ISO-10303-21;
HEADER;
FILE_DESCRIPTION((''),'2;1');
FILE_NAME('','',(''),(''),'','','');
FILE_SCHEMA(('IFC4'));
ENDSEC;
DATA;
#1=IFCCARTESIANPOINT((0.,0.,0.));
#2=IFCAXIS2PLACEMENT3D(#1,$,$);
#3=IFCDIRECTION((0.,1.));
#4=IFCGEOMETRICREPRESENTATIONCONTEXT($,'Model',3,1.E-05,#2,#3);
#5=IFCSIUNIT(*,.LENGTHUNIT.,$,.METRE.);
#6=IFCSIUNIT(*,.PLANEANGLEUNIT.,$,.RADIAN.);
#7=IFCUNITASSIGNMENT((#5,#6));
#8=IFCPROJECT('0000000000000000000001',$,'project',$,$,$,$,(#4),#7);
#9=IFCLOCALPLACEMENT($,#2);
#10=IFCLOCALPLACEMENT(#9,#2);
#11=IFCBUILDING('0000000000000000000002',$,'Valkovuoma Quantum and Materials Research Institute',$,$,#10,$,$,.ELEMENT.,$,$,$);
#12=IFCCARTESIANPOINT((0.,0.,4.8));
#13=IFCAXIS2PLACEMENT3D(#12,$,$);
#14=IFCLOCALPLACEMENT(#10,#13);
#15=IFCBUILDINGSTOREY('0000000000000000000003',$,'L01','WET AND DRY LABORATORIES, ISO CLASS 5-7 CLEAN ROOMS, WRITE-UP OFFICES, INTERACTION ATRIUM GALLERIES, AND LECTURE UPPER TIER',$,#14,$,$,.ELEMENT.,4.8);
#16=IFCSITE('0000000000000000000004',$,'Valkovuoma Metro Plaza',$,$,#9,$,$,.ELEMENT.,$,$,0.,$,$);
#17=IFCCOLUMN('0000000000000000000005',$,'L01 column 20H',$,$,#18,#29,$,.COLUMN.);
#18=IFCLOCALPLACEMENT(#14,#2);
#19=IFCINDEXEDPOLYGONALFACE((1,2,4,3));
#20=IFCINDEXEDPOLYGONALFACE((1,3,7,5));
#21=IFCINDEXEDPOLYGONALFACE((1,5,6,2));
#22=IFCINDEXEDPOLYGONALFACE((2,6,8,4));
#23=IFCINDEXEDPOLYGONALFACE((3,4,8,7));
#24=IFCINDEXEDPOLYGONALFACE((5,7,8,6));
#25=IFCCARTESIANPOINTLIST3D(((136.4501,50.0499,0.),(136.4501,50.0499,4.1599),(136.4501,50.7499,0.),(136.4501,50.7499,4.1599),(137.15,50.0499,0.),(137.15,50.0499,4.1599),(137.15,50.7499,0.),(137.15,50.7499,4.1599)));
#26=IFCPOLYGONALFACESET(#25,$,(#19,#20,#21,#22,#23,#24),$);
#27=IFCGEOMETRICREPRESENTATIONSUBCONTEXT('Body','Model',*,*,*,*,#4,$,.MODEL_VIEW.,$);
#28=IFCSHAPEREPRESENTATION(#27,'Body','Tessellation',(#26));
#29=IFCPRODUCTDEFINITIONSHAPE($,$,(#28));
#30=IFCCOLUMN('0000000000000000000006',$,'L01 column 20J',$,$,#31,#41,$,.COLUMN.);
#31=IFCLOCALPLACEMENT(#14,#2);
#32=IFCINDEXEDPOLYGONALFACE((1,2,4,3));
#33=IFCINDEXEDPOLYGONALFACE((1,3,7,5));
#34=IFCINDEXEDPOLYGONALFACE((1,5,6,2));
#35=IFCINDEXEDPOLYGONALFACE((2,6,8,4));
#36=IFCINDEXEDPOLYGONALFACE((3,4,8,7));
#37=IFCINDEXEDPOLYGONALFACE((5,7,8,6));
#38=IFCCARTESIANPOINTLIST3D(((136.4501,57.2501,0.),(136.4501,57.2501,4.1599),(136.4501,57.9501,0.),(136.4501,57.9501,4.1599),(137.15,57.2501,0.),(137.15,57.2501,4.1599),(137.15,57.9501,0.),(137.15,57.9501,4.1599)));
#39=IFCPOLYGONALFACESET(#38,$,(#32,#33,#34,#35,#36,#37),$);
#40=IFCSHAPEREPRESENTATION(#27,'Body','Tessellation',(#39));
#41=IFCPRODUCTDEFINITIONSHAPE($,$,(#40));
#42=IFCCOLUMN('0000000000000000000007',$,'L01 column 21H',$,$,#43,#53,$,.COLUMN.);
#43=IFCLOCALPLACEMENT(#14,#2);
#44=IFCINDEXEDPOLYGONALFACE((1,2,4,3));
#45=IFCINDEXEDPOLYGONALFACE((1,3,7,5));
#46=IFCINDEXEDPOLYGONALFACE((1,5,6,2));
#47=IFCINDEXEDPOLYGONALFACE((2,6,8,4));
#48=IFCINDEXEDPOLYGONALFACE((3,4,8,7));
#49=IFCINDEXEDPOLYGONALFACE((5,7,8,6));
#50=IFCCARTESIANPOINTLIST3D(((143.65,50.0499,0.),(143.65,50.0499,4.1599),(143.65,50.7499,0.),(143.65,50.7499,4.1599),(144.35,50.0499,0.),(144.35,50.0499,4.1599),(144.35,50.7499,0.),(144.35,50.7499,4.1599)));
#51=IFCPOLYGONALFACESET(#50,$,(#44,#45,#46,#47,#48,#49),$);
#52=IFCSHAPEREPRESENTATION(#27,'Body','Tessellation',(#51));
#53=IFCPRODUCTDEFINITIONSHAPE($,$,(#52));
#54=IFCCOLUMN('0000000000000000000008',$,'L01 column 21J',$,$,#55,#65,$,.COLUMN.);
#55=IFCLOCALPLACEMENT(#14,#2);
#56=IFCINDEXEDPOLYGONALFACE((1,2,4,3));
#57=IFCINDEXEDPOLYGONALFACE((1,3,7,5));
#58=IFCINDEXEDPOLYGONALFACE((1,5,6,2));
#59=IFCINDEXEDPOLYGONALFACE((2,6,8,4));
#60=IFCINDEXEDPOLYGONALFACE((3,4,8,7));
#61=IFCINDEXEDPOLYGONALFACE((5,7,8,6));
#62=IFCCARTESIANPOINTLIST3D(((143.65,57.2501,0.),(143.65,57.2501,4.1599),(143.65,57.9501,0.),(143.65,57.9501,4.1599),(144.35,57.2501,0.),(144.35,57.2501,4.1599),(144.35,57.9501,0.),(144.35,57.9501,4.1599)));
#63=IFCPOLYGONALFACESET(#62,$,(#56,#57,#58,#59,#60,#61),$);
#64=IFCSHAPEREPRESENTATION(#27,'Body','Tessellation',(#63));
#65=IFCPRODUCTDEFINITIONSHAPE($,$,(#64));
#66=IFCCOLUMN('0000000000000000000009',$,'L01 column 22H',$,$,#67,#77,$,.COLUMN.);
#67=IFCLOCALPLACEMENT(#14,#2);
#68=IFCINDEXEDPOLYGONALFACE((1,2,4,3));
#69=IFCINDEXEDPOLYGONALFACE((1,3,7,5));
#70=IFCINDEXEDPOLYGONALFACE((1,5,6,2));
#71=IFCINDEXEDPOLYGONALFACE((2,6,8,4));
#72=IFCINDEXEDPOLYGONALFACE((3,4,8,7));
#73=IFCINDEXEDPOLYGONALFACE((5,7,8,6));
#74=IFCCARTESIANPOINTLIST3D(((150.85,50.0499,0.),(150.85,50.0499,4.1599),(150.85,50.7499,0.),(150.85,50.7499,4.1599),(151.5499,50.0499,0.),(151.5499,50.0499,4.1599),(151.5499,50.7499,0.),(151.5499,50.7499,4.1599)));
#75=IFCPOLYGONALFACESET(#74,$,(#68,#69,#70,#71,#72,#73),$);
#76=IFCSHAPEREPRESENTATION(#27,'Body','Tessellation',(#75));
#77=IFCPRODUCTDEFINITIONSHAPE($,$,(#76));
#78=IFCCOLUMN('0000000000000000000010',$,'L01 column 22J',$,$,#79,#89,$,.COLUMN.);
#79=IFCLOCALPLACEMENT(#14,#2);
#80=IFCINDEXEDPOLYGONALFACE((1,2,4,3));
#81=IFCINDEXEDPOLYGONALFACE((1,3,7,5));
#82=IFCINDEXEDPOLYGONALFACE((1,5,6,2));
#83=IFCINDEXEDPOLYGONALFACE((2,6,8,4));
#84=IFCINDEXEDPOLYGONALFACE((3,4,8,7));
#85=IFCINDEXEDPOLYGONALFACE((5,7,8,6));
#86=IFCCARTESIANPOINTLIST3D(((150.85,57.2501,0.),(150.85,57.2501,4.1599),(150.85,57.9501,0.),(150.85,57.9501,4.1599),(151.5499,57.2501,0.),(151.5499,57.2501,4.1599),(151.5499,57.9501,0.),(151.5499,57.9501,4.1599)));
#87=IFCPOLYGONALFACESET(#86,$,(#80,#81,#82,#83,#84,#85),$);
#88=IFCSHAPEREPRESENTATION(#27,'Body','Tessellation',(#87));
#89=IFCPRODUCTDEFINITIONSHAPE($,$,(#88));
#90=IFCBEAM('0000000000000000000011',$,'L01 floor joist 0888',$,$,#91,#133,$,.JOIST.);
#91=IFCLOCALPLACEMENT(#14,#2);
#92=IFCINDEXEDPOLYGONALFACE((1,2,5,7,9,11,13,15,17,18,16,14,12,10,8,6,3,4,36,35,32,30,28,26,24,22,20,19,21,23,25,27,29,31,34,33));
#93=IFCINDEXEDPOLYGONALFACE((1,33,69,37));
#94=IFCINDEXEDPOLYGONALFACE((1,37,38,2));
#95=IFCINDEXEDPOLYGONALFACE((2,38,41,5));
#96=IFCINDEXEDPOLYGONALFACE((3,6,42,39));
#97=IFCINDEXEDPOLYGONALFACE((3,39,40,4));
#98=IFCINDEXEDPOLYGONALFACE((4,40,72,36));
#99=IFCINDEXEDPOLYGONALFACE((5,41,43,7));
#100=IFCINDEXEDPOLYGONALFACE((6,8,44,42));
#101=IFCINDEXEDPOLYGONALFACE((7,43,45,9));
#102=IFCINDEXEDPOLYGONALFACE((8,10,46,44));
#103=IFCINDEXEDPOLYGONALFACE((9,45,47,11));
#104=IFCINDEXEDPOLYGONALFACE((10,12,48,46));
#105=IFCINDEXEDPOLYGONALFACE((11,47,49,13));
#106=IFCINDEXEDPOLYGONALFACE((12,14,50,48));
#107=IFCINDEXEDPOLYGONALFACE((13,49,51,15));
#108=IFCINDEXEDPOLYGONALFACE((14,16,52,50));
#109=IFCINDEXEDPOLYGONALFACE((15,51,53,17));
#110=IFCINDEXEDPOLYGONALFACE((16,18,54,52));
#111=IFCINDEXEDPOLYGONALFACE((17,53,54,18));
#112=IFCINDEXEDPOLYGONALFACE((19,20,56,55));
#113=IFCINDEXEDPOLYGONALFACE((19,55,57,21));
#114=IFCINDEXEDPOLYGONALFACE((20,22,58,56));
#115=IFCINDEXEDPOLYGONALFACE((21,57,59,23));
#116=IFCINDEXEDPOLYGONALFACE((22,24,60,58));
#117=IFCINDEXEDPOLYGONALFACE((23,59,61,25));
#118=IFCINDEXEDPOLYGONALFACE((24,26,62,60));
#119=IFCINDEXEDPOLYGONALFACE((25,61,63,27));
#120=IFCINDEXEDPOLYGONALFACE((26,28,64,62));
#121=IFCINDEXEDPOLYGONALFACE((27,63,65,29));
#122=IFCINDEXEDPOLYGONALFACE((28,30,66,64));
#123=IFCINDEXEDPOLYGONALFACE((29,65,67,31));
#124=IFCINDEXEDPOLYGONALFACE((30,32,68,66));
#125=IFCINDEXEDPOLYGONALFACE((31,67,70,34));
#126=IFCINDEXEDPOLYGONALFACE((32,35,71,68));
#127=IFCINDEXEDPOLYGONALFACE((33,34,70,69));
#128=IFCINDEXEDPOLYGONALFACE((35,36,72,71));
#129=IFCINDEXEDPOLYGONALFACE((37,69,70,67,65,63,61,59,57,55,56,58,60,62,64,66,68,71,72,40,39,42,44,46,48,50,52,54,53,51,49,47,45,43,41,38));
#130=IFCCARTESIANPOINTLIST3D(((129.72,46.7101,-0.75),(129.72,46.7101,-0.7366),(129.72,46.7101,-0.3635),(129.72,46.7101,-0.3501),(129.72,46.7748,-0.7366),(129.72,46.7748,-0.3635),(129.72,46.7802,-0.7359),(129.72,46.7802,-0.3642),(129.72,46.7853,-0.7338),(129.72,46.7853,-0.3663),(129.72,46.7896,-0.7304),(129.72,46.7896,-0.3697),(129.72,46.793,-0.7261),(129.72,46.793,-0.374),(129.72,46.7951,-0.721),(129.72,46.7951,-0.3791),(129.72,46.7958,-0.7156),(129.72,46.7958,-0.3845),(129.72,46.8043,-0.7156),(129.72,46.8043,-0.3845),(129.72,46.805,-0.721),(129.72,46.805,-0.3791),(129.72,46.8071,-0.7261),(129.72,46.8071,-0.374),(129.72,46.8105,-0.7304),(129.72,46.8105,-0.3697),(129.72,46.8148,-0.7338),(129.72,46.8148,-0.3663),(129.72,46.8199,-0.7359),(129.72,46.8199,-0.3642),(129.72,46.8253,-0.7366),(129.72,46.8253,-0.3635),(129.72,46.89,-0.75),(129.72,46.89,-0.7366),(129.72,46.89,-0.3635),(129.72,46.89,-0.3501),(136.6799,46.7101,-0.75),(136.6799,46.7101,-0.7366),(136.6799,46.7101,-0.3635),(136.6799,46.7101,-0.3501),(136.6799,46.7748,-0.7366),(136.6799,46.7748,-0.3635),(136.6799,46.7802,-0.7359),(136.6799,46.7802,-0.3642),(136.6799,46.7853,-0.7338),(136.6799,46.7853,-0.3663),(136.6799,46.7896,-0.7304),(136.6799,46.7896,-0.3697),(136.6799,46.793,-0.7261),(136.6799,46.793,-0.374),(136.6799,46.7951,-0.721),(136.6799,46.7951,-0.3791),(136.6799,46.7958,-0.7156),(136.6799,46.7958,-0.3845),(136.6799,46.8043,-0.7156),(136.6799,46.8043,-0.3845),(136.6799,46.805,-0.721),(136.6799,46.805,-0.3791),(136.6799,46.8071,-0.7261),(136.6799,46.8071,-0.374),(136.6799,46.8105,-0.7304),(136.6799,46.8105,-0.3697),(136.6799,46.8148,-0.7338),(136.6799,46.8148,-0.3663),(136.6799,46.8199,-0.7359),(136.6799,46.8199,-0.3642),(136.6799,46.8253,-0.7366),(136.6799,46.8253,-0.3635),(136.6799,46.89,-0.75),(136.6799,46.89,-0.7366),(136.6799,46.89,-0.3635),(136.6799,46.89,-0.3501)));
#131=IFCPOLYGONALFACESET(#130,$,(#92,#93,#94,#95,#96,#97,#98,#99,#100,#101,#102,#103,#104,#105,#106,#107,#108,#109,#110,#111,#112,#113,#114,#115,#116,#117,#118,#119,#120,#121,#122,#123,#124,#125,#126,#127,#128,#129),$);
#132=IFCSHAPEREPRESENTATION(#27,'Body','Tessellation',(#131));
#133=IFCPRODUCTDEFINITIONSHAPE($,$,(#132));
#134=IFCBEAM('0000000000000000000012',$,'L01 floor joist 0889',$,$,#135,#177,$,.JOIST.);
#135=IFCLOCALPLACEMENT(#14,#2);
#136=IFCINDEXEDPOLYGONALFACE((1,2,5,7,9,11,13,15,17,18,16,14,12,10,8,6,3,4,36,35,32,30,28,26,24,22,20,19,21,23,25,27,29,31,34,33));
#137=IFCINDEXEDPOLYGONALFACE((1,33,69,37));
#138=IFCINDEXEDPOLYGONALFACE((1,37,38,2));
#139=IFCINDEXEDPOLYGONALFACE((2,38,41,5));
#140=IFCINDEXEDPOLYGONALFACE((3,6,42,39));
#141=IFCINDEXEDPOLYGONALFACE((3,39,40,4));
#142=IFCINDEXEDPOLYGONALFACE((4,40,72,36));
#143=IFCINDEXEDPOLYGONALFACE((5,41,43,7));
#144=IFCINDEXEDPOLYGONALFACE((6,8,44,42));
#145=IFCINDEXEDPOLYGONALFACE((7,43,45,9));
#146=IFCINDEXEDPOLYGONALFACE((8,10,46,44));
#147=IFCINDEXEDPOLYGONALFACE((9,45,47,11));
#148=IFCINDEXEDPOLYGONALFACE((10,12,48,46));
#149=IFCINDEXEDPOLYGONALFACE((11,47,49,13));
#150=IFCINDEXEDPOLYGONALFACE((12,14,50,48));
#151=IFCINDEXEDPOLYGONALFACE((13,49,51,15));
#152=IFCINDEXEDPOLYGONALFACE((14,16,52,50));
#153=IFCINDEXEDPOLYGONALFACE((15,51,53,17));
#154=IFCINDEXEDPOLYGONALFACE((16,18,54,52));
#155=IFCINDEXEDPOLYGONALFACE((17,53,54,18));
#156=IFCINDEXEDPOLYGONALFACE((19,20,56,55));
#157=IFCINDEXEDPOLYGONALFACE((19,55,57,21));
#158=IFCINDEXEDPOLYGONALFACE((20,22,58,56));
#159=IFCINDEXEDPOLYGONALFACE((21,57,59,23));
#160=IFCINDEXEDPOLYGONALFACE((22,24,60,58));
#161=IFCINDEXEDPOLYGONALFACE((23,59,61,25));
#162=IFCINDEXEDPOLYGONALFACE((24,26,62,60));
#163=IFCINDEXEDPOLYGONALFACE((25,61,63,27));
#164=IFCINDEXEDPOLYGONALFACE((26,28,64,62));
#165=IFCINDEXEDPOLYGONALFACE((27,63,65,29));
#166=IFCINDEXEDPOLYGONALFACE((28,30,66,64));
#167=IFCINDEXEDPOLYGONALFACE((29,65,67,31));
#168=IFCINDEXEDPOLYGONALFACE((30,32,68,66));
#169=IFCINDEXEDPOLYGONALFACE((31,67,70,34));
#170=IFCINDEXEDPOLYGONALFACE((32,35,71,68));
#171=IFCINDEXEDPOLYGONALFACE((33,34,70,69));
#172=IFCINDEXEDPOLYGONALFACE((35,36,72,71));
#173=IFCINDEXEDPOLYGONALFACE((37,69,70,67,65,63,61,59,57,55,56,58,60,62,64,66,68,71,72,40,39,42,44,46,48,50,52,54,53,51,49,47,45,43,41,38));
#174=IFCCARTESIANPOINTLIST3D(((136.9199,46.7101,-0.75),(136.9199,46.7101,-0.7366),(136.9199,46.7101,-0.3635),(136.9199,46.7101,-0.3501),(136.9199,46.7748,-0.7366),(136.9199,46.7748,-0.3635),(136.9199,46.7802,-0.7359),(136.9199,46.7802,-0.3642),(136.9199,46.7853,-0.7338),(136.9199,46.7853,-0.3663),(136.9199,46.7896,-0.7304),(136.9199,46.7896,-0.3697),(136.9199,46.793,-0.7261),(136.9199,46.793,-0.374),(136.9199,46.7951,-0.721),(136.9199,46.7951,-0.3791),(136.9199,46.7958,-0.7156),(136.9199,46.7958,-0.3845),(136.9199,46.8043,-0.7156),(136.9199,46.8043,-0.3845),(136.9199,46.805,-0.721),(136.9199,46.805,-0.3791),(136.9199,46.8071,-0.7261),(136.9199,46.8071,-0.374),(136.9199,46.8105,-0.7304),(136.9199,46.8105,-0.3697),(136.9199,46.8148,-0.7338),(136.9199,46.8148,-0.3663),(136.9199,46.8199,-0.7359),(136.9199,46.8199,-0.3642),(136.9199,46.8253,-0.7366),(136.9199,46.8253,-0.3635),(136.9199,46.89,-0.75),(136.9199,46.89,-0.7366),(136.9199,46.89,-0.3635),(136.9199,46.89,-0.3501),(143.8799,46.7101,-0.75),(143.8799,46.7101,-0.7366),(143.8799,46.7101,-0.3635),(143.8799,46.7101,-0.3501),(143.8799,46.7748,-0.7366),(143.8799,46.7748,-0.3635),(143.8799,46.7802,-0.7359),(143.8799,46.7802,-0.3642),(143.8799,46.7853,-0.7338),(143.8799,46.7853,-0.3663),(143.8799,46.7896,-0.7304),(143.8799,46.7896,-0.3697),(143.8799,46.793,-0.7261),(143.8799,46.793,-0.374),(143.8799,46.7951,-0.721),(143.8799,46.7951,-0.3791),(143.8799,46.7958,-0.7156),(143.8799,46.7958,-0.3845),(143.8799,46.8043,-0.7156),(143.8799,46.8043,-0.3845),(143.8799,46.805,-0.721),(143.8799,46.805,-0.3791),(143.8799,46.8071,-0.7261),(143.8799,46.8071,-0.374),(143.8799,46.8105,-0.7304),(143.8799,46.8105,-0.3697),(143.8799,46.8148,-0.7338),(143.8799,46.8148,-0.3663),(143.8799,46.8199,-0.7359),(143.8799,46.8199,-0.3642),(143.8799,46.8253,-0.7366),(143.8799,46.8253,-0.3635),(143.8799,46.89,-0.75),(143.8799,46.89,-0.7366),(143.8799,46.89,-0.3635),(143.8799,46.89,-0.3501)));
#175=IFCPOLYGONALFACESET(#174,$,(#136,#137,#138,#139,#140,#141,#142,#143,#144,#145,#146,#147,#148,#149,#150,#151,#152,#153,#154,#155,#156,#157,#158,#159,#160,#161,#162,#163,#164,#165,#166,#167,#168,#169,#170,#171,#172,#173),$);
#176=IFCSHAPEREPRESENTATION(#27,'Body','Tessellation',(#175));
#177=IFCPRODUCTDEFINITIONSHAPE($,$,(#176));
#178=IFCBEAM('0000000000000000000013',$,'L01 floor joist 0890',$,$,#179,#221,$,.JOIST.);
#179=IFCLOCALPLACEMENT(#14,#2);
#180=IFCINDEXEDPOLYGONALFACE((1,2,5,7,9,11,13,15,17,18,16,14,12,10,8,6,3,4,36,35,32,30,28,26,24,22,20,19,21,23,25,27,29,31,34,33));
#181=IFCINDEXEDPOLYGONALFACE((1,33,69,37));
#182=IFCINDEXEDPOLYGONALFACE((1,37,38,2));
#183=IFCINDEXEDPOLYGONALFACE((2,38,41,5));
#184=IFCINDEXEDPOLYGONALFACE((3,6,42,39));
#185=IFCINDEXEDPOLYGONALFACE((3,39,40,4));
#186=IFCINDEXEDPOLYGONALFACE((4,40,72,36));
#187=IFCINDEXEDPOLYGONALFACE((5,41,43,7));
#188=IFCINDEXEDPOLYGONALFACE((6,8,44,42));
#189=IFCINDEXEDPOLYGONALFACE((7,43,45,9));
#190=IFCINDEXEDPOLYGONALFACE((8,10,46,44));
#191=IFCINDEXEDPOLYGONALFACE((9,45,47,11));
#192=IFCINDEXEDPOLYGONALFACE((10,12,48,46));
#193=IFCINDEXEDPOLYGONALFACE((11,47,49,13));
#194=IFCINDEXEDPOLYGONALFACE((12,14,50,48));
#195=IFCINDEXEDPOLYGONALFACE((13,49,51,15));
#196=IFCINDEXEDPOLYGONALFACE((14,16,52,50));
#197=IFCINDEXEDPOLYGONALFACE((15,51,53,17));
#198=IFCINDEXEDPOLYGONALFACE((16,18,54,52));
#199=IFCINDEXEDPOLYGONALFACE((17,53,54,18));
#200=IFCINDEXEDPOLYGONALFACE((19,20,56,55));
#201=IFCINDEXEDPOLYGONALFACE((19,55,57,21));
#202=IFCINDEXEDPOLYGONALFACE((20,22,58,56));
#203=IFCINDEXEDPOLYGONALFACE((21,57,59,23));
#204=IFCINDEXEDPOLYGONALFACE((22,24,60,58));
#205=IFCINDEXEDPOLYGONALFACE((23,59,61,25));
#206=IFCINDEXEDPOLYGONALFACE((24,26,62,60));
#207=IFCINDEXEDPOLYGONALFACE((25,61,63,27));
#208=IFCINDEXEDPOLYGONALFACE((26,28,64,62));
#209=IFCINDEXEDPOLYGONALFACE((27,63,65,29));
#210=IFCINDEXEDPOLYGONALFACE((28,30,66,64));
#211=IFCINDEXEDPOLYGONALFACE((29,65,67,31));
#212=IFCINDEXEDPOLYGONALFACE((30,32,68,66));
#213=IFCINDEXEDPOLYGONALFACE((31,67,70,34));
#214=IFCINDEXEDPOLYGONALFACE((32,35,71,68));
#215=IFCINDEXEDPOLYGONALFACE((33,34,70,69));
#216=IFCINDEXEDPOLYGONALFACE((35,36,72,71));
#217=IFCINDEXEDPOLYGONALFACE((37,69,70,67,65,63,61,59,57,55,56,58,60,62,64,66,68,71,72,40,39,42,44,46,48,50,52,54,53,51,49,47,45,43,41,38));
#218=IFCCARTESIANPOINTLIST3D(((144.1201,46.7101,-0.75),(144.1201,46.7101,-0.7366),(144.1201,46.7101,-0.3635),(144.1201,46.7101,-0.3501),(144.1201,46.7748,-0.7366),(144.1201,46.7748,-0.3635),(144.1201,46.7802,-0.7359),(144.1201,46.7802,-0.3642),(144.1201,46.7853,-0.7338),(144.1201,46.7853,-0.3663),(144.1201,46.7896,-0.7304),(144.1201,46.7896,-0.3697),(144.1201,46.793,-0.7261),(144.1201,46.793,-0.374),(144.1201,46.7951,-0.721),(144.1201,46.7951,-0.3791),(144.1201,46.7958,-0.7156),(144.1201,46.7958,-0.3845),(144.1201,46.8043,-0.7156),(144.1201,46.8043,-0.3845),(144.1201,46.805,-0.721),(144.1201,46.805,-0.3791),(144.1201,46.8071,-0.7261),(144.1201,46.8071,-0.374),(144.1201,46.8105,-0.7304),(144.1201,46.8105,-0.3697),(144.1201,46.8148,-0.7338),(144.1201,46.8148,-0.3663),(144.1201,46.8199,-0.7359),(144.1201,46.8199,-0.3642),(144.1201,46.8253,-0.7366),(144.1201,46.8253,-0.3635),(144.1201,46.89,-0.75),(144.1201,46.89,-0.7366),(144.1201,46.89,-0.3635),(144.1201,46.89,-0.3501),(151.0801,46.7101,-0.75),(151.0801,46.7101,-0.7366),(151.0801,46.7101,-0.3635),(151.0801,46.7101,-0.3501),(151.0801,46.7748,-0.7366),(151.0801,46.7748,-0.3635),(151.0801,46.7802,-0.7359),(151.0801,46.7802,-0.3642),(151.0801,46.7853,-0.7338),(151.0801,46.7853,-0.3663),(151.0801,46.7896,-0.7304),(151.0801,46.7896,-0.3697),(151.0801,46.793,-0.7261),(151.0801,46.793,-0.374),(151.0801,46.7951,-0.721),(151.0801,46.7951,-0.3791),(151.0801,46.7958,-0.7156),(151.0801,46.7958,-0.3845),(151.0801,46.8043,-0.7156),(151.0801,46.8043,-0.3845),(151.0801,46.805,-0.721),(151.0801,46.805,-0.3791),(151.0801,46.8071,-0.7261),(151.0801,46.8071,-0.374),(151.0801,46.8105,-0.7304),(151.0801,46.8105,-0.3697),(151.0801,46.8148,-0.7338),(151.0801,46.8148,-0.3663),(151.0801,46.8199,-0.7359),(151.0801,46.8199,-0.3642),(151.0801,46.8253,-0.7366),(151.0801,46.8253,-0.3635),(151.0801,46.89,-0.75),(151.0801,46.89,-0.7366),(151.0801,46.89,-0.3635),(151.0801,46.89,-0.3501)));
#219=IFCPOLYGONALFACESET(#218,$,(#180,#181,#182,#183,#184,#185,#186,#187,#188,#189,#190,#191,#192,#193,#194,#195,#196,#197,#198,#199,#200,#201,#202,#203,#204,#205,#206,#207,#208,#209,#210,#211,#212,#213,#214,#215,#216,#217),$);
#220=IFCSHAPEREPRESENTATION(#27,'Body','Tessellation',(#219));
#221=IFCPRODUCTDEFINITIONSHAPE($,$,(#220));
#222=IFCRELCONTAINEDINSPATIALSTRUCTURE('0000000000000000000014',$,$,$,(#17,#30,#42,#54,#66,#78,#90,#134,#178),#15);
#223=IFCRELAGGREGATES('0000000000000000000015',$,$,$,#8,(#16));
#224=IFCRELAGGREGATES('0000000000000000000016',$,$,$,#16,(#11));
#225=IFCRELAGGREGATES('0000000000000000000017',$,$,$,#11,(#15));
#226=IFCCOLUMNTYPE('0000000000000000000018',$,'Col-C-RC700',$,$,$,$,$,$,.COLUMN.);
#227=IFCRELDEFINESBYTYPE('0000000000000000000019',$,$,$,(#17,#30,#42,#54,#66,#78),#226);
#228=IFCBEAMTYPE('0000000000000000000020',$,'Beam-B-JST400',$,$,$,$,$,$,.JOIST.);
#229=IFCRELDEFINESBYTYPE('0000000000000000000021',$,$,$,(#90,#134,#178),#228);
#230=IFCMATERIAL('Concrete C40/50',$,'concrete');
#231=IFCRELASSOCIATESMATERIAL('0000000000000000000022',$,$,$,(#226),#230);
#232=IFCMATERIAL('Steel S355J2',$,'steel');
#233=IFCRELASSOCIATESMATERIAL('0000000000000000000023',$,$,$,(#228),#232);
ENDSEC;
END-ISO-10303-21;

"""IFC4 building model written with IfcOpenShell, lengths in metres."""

from ifc_helpers import new_model, si_unit, direction, frame, origin, origin_2d, place, context, subcontext, project, spatial, rectangle, i_section, extrude, material, material_profile, profile_set, type_object, element, save


model = new_model("IFC4")

# Units and contexts
model_context = context("Model", 3, precision=1e-05, world=origin(), true_north=direction((0.0, 1.0)))
body_context = subcontext(model_context, "Body", "Model", "MODEL_VIEW")
ifc_project = project(units=[si_unit("LENGTHUNIT", "METRE"), si_unit("PLANEANGLEUNIT", "RADIAN")], contexts=[model_context])

# Site, building, storey
site_placement = place(None, origin())
site = spatial("IfcSite", under=ifc_project, at=site_placement, Name="Valkovuoma Metro Plaza", CompositionType="ELEMENT", RefElevation=0.0)
building_placement = place(site_placement, origin())
building = spatial("IfcBuilding", under=site, at=building_placement, Name="Valkovuoma Quantum and Materials Research Institute", CompositionType="ELEMENT")
storey_placement = place(building_placement, frame((0.0, 0.0, 4.8)))
storey = spatial("IfcBuildingStorey", under=building, at=storey_placement, Name="L01", Description="WET AND DRY LABORATORIES, ISO CLASS 5-7 CLEAN ROOMS, WRITE-UP OFFICES, INTERACTION ATRIUM GALLERIES, AND LECTURE UPPER TIER", CompositionType="ELEMENT", Elevation=4.8)

# Columns
ifc_material_1 = material(Name="Concrete C40/50", Category="concrete")
ifc_material_profile_1 = material_profile(ifc_material_1, rectangle(XDim=0.7, YDim=0.7, at=origin_2d()), Name="Concrete C40/50")
ifc_profile_set_1 = profile_set([ifc_material_profile_1], Name="Concrete C40/50")
column_type = type_object("IfcColumnType", Name="Col-C-RC700", PredefinedType="COLUMN", material=ifc_profile_set_1)
for number, where, z_axis, x_axis, name in (
    (1, (136.8, 50.3999, 0.0), (0.0, 0.0, 1.0), (1.0, 0.0, 0.0), "L01 column 20H"),
    (2, (136.8, 57.6001, 0.0), (0.0, 0.0, 1.0), (1.0, 0.0, 0.0), "L01 column 20J"),
    (3, (144.0, 50.3999, 0.0), (0.0, 0.0, 1.0), (1.0, 0.0, 0.0), "L01 column 21H"),
    (4, (144.0, 57.6001, 0.0), (0.0, 0.0, 1.0), (1.0, 0.0, 0.0), "L01 column 21J"),
    (5, (151.2, 50.3999, 0.0), (0.0, 0.0, 1.0), (1.0, 0.0, 0.0), "L01 column 22H"),
    (6, (151.2, 57.6001, 0.0), (0.0, 0.0, 1.0), (1.0, 0.0, 0.0), "L01 column 22J"),
):
    element("IfcColumn", number, at=place(storey_placement, frame(where, z_axis=z_axis, x_axis=x_axis)), inside=storey, type_object=column_type, Name=name, PredefinedType="COLUMN", context=body_context, shape_type="SweptSolid", body=[
        extrude(rectangle(XDim=0.7, YDim=0.7, at=origin_2d()), origin(), (0.0, 0.0, 1.0), 4.1599),
    ])

# Beams
ifc_material_2 = material(Name="Steel S355J2", Category="steel")
ifc_material_profile_2 = material_profile(ifc_material_2, i_section(OverallWidth=0.1799, OverallDepth=0.3999, WebThickness=0.0085, FlangeThickness=0.0134, FilletRadius=0.021, at=origin_2d()), Name="Steel S355J2")
ifc_profile_set_2 = profile_set([ifc_material_profile_2], Name="Steel S355J2")
beam_type_1 = type_object("IfcBeamType", Name="Beam-B-JST400", PredefinedType="JOIST", material=ifc_profile_set_2)
for number, where, z_axis, x_axis, name in (
    (7, (129.72, 46.8, -0.55), (1.0, 0.0, 0.0), (0.0, 1.0, 0.0), "L01 floor joist 0888"),
    (8, (136.9199, 46.8, -0.55), (1.0, 0.0, 0.0), (0.0, 1.0, 0.0), "L01 floor joist 0889"),
    (9, (144.1201, 46.8, -0.55), (1.0, 0.0, 0.0), (0.0, 1.0, 0.0), "L01 floor joist 0890"),
):
    element("IfcBeam", number, at=place(storey_placement, frame(where, z_axis=z_axis, x_axis=x_axis)), inside=storey, type_object=beam_type_1, Name=name, PredefinedType="JOIST", context=body_context, shape_type="SweptSolid", body=[
        extrude(i_section(OverallWidth=0.1799, OverallDepth=0.3999, WebThickness=0.0085, FlangeThickness=0.0134, FilletRadius=0.021, at=origin_2d()), origin(), (0.0, 0.0, 1.0), 6.96),
    ])

save(model, "model.ifc")
